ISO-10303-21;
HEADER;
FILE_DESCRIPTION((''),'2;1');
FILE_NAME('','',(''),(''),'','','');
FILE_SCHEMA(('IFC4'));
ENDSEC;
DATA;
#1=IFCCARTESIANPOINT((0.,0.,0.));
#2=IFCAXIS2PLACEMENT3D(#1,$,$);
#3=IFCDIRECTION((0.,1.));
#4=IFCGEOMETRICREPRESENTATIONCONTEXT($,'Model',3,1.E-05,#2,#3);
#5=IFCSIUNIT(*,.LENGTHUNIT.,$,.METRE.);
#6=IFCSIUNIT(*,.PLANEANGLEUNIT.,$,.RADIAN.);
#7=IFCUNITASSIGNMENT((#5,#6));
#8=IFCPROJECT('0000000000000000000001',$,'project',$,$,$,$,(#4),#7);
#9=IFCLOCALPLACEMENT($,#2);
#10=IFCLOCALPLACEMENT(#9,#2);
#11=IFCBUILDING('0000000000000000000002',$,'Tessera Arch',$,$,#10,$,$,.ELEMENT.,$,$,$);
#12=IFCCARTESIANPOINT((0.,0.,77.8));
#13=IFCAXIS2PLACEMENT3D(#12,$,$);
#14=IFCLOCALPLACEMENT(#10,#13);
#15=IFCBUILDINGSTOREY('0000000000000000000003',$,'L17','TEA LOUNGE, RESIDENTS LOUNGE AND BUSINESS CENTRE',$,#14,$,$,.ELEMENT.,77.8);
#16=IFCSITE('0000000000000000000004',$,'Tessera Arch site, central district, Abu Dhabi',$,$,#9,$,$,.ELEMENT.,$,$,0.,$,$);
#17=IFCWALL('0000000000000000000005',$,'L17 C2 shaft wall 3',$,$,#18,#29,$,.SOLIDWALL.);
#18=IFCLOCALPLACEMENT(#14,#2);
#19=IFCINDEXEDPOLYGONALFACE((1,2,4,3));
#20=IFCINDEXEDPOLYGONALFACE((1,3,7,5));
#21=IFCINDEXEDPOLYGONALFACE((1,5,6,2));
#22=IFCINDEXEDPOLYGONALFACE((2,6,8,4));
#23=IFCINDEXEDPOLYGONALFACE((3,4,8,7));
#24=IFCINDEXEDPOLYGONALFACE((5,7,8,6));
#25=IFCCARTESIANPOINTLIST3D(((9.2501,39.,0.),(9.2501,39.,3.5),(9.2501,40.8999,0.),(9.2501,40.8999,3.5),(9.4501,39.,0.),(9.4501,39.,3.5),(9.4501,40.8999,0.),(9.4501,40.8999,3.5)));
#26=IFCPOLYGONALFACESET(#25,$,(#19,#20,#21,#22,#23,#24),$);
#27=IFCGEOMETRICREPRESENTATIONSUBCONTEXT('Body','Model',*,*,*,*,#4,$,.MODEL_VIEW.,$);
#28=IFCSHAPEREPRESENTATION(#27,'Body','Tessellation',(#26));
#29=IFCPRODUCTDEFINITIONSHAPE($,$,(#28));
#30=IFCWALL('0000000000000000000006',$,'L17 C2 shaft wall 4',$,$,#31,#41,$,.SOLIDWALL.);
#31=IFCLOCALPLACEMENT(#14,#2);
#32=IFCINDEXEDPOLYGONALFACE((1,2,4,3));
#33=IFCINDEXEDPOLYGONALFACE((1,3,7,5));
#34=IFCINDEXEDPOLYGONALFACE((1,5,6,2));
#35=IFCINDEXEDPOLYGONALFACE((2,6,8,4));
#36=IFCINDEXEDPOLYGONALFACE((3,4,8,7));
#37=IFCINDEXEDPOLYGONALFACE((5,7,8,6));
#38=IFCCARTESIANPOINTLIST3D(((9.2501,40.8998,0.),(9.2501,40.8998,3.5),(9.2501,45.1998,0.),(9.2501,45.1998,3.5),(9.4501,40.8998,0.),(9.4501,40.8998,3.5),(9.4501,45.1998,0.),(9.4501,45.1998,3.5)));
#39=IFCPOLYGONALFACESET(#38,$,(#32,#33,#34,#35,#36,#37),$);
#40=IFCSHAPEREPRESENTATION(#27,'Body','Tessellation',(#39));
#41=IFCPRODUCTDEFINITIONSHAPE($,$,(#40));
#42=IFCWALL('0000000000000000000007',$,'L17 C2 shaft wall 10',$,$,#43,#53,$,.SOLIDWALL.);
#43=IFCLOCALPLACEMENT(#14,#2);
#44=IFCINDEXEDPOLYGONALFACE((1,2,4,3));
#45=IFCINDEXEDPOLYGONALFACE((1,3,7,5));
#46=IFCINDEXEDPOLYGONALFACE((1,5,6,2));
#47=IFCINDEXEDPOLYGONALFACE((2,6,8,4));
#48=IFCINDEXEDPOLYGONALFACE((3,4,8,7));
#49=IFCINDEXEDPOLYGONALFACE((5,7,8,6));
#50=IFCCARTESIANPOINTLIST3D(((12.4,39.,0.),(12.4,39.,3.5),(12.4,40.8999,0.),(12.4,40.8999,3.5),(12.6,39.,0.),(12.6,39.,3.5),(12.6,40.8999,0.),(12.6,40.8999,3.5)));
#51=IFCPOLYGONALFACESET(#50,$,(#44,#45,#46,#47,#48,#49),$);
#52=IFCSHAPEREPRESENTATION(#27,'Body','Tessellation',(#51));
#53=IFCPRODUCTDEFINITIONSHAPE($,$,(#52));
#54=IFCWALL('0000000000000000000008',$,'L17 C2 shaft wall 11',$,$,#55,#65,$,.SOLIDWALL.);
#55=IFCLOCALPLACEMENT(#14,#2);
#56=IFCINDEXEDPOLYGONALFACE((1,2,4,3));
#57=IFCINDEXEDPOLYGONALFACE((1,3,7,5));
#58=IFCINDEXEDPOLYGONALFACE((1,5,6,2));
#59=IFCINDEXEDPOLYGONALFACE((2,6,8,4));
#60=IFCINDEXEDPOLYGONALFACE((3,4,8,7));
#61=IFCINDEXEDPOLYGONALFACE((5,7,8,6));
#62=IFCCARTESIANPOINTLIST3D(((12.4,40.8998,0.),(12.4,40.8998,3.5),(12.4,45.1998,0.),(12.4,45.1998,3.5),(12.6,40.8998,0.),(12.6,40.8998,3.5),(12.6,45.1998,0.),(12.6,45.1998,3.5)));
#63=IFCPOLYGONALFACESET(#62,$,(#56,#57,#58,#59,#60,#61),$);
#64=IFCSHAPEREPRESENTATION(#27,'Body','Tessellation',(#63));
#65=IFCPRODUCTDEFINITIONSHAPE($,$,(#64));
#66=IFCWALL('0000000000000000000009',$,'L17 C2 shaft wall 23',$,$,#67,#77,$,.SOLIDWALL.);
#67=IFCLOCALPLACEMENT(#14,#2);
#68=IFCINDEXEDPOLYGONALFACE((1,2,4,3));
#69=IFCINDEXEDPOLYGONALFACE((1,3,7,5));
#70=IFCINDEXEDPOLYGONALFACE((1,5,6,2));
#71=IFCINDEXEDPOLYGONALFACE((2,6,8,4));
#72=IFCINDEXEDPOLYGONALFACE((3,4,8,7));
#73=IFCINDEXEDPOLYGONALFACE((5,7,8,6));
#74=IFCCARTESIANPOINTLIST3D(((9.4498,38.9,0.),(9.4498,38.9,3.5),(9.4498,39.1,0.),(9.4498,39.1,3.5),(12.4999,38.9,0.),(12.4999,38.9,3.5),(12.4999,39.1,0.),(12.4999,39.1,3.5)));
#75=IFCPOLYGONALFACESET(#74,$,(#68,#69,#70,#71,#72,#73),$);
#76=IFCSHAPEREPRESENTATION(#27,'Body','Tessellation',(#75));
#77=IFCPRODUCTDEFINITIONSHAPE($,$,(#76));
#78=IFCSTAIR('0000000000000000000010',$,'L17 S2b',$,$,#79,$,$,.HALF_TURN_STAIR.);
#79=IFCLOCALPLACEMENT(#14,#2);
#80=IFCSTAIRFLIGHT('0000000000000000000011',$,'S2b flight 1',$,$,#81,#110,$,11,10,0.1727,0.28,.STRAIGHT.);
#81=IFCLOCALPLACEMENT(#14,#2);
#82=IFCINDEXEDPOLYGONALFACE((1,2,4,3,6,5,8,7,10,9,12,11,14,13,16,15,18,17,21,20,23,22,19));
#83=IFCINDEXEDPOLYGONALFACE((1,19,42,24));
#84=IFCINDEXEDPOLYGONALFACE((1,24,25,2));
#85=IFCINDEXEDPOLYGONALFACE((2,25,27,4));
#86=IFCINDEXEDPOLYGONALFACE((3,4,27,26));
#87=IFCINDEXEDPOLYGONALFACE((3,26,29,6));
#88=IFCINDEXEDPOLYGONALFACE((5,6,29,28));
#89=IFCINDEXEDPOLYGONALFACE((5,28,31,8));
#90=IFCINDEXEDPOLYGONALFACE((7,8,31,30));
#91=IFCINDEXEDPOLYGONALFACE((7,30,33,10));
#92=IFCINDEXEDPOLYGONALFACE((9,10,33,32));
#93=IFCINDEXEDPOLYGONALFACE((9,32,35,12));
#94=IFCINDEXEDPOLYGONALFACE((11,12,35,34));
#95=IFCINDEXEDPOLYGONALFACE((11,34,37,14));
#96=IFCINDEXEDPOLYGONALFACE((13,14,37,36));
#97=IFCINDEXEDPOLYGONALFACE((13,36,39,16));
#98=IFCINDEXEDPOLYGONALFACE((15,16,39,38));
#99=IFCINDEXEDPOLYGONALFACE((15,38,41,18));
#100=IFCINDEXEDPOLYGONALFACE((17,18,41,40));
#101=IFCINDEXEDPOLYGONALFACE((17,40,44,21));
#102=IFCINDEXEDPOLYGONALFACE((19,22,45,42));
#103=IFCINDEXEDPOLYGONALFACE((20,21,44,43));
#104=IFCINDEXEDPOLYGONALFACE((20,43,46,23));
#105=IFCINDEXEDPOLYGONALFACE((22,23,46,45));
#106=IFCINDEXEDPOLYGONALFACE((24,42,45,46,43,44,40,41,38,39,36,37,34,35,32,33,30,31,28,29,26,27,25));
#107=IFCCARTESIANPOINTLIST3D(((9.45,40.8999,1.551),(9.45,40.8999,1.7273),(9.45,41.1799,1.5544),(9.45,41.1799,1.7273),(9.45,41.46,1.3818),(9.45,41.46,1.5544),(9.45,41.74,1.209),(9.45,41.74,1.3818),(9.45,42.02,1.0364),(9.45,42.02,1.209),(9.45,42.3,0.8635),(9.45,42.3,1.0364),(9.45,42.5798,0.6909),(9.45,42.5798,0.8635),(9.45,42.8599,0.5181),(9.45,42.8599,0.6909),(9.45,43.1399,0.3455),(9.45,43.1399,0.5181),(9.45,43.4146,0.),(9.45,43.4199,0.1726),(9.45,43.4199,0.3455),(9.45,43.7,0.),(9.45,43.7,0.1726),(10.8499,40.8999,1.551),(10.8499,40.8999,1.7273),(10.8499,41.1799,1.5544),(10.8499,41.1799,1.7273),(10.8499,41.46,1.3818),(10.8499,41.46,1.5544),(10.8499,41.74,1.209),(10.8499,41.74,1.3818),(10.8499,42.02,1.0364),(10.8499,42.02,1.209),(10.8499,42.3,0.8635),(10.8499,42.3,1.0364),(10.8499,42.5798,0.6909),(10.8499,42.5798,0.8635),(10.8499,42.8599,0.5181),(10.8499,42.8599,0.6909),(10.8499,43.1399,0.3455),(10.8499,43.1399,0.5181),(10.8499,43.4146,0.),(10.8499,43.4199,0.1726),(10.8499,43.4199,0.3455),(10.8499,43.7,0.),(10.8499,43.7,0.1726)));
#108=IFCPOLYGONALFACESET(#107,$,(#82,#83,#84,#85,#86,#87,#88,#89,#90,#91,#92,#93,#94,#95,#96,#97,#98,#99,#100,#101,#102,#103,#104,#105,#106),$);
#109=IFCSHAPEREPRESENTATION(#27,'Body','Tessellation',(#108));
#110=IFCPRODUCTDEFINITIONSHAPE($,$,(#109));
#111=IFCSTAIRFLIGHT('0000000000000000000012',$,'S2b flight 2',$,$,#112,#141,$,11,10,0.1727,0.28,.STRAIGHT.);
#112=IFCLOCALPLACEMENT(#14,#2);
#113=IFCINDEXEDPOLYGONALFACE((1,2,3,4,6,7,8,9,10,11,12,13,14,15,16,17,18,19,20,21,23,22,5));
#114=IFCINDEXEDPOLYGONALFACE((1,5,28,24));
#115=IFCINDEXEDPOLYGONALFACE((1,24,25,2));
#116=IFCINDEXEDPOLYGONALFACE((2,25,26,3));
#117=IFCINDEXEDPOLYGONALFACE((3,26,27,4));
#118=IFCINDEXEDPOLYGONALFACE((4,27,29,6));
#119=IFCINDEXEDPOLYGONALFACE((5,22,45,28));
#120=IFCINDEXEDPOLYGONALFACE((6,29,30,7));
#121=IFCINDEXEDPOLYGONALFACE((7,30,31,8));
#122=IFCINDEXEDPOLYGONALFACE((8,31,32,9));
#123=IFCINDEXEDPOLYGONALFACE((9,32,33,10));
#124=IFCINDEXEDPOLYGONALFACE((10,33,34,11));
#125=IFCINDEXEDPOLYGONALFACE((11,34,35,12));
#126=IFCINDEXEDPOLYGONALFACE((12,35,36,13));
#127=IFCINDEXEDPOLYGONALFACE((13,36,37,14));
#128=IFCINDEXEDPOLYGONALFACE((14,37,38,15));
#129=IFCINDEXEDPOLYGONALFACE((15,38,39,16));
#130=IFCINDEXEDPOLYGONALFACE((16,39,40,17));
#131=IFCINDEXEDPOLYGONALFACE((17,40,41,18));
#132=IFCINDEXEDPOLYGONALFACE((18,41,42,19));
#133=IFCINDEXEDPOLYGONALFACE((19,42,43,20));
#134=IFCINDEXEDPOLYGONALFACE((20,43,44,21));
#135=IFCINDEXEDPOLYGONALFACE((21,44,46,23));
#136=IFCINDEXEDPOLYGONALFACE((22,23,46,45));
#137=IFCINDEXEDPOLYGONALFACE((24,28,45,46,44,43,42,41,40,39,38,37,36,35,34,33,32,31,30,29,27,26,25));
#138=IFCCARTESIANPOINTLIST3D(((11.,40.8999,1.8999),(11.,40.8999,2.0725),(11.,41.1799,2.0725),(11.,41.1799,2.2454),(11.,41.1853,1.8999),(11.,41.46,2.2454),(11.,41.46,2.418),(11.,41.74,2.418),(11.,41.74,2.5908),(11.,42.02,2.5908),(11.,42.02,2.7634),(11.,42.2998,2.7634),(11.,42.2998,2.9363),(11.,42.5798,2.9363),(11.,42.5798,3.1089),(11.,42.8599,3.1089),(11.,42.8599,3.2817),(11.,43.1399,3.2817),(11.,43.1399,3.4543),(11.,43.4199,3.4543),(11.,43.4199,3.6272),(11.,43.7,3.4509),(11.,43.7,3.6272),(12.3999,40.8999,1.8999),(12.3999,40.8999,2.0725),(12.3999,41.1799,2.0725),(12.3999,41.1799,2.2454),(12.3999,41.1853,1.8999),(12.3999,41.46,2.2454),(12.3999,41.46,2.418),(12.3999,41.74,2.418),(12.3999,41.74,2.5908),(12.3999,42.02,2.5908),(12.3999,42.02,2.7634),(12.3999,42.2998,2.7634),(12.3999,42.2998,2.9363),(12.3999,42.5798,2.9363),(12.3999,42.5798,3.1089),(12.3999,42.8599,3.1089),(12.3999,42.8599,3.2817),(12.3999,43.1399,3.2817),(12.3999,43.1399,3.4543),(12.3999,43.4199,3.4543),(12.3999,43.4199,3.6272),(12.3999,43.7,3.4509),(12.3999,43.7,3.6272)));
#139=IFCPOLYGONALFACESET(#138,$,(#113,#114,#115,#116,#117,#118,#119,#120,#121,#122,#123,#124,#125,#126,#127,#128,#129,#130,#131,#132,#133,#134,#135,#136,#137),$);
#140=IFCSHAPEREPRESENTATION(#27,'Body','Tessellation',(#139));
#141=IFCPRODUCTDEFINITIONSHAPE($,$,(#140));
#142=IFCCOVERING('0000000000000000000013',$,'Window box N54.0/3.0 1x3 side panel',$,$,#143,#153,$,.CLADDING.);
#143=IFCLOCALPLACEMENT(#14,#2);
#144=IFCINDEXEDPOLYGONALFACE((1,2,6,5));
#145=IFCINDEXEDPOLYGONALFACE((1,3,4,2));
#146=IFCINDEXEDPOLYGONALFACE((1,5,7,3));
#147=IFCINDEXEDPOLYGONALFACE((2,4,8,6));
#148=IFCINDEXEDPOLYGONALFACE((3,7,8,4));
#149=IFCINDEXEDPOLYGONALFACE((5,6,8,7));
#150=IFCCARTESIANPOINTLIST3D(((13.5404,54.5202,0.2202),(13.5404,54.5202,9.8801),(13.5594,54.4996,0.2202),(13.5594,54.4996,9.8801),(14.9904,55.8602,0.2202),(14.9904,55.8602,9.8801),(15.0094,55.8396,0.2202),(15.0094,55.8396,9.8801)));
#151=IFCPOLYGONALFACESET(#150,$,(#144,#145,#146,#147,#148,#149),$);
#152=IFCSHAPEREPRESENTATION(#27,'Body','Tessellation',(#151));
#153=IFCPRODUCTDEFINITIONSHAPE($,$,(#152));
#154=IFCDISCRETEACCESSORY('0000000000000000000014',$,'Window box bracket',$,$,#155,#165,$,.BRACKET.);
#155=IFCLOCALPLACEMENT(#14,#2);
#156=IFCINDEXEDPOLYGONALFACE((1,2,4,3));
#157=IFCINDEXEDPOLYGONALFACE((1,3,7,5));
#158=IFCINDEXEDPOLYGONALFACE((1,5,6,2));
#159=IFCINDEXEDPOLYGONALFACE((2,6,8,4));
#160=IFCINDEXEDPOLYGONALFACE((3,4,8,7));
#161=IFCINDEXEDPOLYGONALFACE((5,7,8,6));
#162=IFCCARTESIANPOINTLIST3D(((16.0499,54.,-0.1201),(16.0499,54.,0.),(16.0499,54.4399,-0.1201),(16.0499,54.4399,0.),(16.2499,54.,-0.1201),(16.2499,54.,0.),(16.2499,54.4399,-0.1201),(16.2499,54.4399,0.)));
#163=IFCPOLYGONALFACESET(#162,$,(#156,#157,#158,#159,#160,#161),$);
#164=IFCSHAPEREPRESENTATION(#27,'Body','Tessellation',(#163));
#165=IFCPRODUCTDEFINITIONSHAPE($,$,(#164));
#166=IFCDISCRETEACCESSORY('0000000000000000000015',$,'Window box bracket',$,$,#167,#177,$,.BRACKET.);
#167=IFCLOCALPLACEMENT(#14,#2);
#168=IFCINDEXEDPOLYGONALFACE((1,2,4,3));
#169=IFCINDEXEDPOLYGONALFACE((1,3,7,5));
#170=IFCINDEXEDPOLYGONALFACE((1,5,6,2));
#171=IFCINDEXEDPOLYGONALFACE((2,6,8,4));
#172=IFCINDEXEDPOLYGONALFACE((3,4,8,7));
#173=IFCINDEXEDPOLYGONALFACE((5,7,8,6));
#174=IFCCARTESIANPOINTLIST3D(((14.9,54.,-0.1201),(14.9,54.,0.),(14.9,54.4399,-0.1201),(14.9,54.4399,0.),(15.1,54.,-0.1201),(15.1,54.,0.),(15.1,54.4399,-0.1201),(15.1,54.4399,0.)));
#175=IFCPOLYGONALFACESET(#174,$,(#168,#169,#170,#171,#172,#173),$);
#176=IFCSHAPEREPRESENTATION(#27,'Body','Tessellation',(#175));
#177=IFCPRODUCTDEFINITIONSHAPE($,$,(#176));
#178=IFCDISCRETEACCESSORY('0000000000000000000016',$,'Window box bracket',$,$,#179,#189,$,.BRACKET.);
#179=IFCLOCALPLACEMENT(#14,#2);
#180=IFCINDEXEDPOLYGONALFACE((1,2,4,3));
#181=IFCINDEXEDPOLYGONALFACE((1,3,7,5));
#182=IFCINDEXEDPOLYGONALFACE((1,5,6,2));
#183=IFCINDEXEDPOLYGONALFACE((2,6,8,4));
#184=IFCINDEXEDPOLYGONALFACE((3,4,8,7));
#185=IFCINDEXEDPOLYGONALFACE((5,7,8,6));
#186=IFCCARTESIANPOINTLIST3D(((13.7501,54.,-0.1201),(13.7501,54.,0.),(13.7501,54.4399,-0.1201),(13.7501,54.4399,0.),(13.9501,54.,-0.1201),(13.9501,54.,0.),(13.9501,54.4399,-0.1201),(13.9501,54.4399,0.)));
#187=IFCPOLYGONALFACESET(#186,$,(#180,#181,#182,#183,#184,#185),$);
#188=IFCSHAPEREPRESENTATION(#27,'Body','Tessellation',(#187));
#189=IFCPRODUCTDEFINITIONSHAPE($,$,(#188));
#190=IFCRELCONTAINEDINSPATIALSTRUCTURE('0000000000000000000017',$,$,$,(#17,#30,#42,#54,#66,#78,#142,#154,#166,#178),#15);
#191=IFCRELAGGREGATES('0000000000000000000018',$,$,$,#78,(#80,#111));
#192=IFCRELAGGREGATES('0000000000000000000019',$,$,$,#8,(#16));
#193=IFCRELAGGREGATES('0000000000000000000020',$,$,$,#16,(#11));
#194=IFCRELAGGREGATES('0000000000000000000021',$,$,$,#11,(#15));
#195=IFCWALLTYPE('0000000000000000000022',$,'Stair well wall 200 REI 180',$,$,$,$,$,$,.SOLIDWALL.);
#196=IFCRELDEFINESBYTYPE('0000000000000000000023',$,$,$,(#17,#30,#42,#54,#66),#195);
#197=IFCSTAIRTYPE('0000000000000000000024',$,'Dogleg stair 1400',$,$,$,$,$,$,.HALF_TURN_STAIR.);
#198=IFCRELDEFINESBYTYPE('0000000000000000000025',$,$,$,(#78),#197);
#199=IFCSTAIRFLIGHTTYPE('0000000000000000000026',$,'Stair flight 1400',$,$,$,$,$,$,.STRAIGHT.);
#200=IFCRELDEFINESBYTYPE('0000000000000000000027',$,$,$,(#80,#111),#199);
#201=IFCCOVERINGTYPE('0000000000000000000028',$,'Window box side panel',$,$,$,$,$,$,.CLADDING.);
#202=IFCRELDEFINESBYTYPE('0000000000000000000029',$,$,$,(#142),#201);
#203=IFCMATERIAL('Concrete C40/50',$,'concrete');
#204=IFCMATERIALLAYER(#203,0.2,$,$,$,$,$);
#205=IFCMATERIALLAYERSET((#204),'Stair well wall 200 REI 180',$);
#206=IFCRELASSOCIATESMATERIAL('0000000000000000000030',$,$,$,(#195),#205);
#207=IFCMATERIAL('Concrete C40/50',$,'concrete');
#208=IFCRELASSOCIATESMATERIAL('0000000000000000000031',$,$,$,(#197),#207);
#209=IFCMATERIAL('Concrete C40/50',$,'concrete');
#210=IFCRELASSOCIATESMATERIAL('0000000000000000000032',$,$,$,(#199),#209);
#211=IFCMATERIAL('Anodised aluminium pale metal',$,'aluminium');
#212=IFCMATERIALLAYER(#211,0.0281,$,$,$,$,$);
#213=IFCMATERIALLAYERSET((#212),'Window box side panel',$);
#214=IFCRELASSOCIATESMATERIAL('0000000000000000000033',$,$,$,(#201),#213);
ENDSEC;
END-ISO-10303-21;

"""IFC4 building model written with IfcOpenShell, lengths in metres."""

from ifc_helpers import new_model, si_unit, direction, frame, frame_2d, origin, origin_2d, place, context, subcontext, project, spatial, polyline, rectangle, outline, extrude, material, layer, layer_set, type_object, element, aggregate, save


model = new_model("IFC4")

# Units and contexts
model_context = context("Model", 3, precision=1e-05, world=origin(), true_north=direction((0.0, 1.0)))
body_context = subcontext(model_context, "Body", "Model", "MODEL_VIEW")
ifc_project = project(units=[si_unit("LENGTHUNIT", "METRE"), si_unit("PLANEANGLEUNIT", "RADIAN")], contexts=[model_context])

# Site, building, storey
site_placement = place(None, origin())
site = spatial("IfcSite", under=ifc_project, at=site_placement, Name="Tessera Arch site, central district, Abu Dhabi", CompositionType="ELEMENT", RefElevation=0.0)
building_placement = place(site_placement, origin())
building = spatial("IfcBuilding", under=site, at=building_placement, Name="Tessera Arch", CompositionType="ELEMENT")
storey_placement = place(building_placement, frame((0.0, 0.0, 77.8)))
storey = spatial("IfcBuildingStorey", under=building, at=storey_placement, Name="L17", Description="TEA LOUNGE, RESIDENTS LOUNGE AND BUSINESS CENTRE", CompositionType="ELEMENT", Elevation=77.8)

# Walls
ifc_material_1 = material(Name="Concrete C40/50", Category="concrete")
ifc_layer_1 = layer(ifc_material_1, 0.2)
ifc_layer_set_1 = layer_set([ifc_layer_1], Name="Stair well wall 200 REI 180")
wall_type_1 = type_object("IfcWallType", Name="Stair well wall 200 REI 180", PredefinedType="SOLIDWALL", material=ifc_layer_set_1)
wall_1_placement = place(storey_placement, frame((9.3501, 39.0, 0.0), z_axis=(0.0, 0.0, 1.0), x_axis=(0.0, 1.0, 0.0)))
element("IfcWall", 1, at=wall_1_placement, inside=storey, type_object=wall_type_1, Name="L17 C2 shaft wall 3", PredefinedType="SOLIDWALL", context=body_context, shape_type="SweptSolid", body=[
    extrude(rectangle(XDim=1.8999, YDim=0.2, at=frame_2d((0.95, 0.0))), origin(), (0.0, 0.0, 1.0), 3.5),
])
wall_2_placement = place(storey_placement, frame((9.3501, 40.8999, 0.0), z_axis=(0.0, 0.0, 1.0), x_axis=(0.0, 1.0, 0.0)))
element("IfcWall", 2, at=wall_2_placement, inside=storey, type_object=wall_type_1, Name="L17 C2 shaft wall 4", PredefinedType="SOLIDWALL", context=body_context, shape_type="SweptSolid", body=[
    extrude(rectangle(XDim=4.3, YDim=0.2, at=frame_2d((2.1499, 0.0))), origin(), (0.0, 0.0, 1.0), 3.5),
])
wall_3_placement = place(storey_placement, frame((12.5, 39.0, 0.0), z_axis=(0.0, 0.0, 1.0), x_axis=(0.0, 1.0, 0.0)))
element("IfcWall", 3, at=wall_3_placement, inside=storey, type_object=wall_type_1, Name="L17 C2 shaft wall 10", PredefinedType="SOLIDWALL", context=body_context, shape_type="SweptSolid", body=[
    extrude(rectangle(XDim=1.8999, YDim=0.2, at=frame_2d((0.95, 0.0))), origin(), (0.0, 0.0, 1.0), 3.5),
])
wall_4_placement = place(storey_placement, frame((12.5, 40.8999, 0.0), z_axis=(0.0, 0.0, 1.0), x_axis=(0.0, 1.0, 0.0)))
element("IfcWall", 4, at=wall_4_placement, inside=storey, type_object=wall_type_1, Name="L17 C2 shaft wall 11", PredefinedType="SOLIDWALL", context=body_context, shape_type="SweptSolid", body=[
    extrude(rectangle(XDim=4.3, YDim=0.2, at=frame_2d((2.1499, 0.0))), origin(), (0.0, 0.0, 1.0), 3.5),
])
wall_5_placement = place(storey_placement, frame((9.45, 39.0, 0.0), z_axis=(0.0, 0.0, 1.0), x_axis=(1.0, 0.0, 0.0)))
element("IfcWall", 5, at=wall_5_placement, inside=storey, type_object=wall_type_1, Name="L17 C2 shaft wall 23", PredefinedType="SOLIDWALL", context=body_context, shape_type="SweptSolid", body=[
    extrude(rectangle(XDim=3.05, YDim=0.2, at=frame_2d((1.5249, 0.0))), origin(), (0.0, 0.0, 1.0), 3.5),
])

# Stair, stair flights
ifc_material_2 = material(Name="Concrete C40/50", Category="concrete")
stair_type = type_object("IfcStairType", Name="Dogleg stair 1400", PredefinedType="HALF_TURN_STAIR", material=ifc_material_2)
stair_placement = place(storey_placement, origin())
stair = element("IfcStair", 6, at=stair_placement, inside=storey, type_object=stair_type, Name="L17 S2b", PredefinedType="HALF_TURN_STAIR")
ifc_material_3 = material(Name="Concrete C40/50", Category="concrete")
stair_flight_type = type_object("IfcStairFlightType", Name="Stair flight 1400", PredefinedType="STRAIGHT", material=ifc_material_3)
stair_flight_1_placement = place(storey_placement, frame((10.1499, 43.7, 0.0), z_axis=(0.0, 0.0, 1.0), x_axis=(0.0, -1.0, 0.0)))
stair_flight_1 = element("IfcStairFlight", 7, at=stair_flight_1_placement, type_object=stair_flight_type, Name="S2b flight 1", NumberOfRisers=11, NumberOfTreads=10, PredefinedType="STRAIGHT", RiserHeight=0.1727, TreadLength=0.28, context=body_context, shape_type="SweptSolid", body=[
    extrude(outline(polyline([(0.0, 0.0), (0.0, 0.1726), (0.28, 0.1726), (0.28, 0.3455), (0.5601, 0.3455), (0.5601, 0.5181), (0.8401, 0.5181), (0.8401, 0.6909), (1.1201, 0.6909), (1.1201, 0.8635), (1.3999, 0.8635), (1.3999, 1.0364), (1.6799, 1.0364), (1.6799, 1.209), (1.96, 1.209), (1.96, 1.3818), (2.24, 1.3818), (2.24, 1.5544), (2.52, 1.5544), (2.52, 1.7273), (2.8, 1.7273), (2.8, 1.8999), (2.8, 1.551), (0.2854, 0.0), (0.0, 0.0)])), frame((0.0, 0.7, 0.0), z_axis=(0.0, -1.0, 0.0), x_axis=(1.0, 0.0, 0.0)), (0.0, 0.0, 1.0), 1.3999),
])
stair_flight_2_placement = place(storey_placement, frame((11.7, 40.8999, 1.8999), z_axis=(0.0, 0.0, 1.0), x_axis=(0.0, 1.0, 0.0)))
stair_flight_2 = element("IfcStairFlight", 8, at=stair_flight_2_placement, type_object=stair_flight_type, Name="S2b flight 2", NumberOfRisers=11, NumberOfTreads=10, PredefinedType="STRAIGHT", RiserHeight=0.1727, TreadLength=0.28, context=body_context, shape_type="SweptSolid", body=[
    extrude(outline(polyline([(0.0, 0.0), (0.0, 0.1726), (0.28, 0.1726), (0.28, 0.3455), (0.5601, 0.3455), (0.5601, 0.5181), (0.8401, 0.5181), (0.8401, 0.6909), (1.1201, 0.6909), (1.1201, 0.8635), (1.3999, 0.8635), (1.3999, 1.0364), (1.6799, 1.0364), (1.6799, 1.209), (1.96, 1.209), (1.96, 1.3818), (2.24, 1.3818), (2.24, 1.5544), (2.52, 1.5544), (2.52, 1.7273), (2.8, 1.7273), (2.8, 1.8999), (2.8, 1.551), (0.2854, 0.0), (0.0, 0.0)])), frame((0.0, 0.7, 0.0), z_axis=(0.0, -1.0, 0.0), x_axis=(1.0, 0.0, 0.0)), (0.0, 0.0, 1.0), 1.3999),
])
aggregate(stair, [stair_flight_1, stair_flight_2])

# Covering
ifc_material_4 = material(Name="Anodised aluminium pale metal", Category="aluminium")
ifc_layer_2 = layer(ifc_material_4, 0.0281)
ifc_layer_set_2 = layer_set([ifc_layer_2], Name="Window box side panel")
covering_type = type_object("IfcCoveringType", Name="Window box side panel", PredefinedType="CLADDING", material=ifc_layer_set_2)
covering_placement = place(storey_placement, frame((14.2749, 55.1799, 0.2202), z_axis=(0.0, 0.0, 1.0), x_axis=(0.734415, 0.678701, 0.0)))
element("IfcCovering", 9, at=covering_placement, inside=storey, type_object=covering_type, Name="Window box N54.0/3.0 1x3 side panel", PredefinedType="CLADDING", context=body_context, shape_type="SweptSolid", body=[
    extrude(rectangle(XDim=1.9744, YDim=0.0281, at=origin_2d()), origin(), (0.0, 0.0, 1.0), 9.6599),
])

# Discrete accessories
for number, where, z_axis, x_axis, name in (
    (10, (16.1499, 54.22, -0.1201), (0.0, 0.0, 1.0), (0.0, 1.0, 0.0), "Window box bracket"),
    (11, (15.0, 54.22, -0.1201), (0.0, 0.0, 1.0), (0.0, 1.0, 0.0), "Window box bracket"),
    (12, (13.8501, 54.22, -0.1201), (0.0, 0.0, 1.0), (0.0, 1.0, 0.0), "Window box bracket"),
):
    element("IfcDiscreteAccessory", number, at=place(storey_placement, frame(where, z_axis=z_axis, x_axis=x_axis)), inside=storey, Name=name, PredefinedType="BRACKET", context=body_context, shape_type="SweptSolid", body=[
        extrude(rectangle(XDim=0.4399, YDim=0.2, at=origin_2d()), origin(), (0.0, 0.0, 1.0), 0.1201),
    ])

save(model, "model.ifc")
